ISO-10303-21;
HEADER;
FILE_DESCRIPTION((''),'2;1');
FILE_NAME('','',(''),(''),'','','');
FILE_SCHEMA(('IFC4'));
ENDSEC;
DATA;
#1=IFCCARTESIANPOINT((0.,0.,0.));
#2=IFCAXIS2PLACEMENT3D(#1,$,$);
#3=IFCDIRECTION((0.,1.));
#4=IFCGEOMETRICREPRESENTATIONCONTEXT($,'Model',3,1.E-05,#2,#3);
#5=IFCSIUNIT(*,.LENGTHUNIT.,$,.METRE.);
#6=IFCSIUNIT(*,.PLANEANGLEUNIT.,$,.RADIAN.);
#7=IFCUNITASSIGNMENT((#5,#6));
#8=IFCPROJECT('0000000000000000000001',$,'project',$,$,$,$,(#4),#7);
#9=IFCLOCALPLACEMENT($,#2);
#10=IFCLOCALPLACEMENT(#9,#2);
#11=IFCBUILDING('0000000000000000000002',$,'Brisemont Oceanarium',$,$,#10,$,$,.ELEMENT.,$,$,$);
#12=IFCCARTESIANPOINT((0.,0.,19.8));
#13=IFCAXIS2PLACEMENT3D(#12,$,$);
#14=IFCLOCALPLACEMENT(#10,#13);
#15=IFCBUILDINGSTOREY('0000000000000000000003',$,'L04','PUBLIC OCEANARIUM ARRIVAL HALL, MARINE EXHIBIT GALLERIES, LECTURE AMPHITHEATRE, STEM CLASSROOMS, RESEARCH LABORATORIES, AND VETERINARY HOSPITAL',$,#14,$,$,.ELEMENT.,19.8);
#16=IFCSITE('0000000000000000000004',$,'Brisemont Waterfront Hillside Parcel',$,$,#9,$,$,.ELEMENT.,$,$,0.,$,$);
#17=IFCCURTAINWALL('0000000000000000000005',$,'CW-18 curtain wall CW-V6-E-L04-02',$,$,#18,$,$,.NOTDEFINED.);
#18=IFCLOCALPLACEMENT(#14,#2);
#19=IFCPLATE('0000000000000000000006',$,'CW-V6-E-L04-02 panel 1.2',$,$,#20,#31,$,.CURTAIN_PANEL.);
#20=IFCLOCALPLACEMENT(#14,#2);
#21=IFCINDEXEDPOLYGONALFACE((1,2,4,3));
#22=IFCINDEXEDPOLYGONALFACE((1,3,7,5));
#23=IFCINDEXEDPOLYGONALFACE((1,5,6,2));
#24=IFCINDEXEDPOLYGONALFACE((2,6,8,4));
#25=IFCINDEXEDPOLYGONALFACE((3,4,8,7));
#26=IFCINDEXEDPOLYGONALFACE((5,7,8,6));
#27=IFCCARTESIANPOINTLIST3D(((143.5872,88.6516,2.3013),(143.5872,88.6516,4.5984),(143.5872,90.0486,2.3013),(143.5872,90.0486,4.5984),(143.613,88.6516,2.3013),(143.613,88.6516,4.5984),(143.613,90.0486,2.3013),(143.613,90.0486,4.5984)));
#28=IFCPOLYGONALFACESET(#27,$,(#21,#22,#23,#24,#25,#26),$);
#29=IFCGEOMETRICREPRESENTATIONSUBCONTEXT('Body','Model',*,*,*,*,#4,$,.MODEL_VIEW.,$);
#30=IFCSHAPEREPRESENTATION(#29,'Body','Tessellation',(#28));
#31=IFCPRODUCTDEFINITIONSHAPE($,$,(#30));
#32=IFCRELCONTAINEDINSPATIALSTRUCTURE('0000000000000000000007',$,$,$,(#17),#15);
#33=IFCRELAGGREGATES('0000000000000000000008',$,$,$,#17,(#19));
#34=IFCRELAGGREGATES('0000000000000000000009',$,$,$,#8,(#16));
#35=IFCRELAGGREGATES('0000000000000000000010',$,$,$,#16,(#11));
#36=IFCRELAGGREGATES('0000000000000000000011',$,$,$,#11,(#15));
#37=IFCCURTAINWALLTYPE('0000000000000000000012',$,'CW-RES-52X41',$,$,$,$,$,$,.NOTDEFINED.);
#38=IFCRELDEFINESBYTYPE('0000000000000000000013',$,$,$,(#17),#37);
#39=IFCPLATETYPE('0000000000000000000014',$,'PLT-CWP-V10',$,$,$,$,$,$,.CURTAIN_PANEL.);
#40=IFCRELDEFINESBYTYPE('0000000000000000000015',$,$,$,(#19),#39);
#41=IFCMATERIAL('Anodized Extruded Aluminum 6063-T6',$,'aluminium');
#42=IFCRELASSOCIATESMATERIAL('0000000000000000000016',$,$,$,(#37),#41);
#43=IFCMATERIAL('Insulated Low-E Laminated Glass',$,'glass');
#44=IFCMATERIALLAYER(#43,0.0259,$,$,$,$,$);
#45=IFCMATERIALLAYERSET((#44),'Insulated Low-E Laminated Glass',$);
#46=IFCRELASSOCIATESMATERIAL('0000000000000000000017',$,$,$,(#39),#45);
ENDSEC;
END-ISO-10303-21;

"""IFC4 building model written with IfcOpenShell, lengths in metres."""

from ifc_helpers import new_model, si_unit, direction, frame, origin, origin_2d, place, context, subcontext, project, spatial, rectangle, extrude, material, layer, layer_set, type_object, element, aggregate, save


model = new_model("IFC4")

# Units and contexts
model_context = context("Model", 3, precision=1e-05, world=origin(), true_north=direction((0.0, 1.0)))
body_context = subcontext(model_context, "Body", "Model", "MODEL_VIEW")
ifc_project = project(units=[si_unit("LENGTHUNIT", "METRE"), si_unit("PLANEANGLEUNIT", "RADIAN")], contexts=[model_context])

# Site, building, storey
site_placement = place(None, origin())
site = spatial("IfcSite", under=ifc_project, at=site_placement, Name="Brisemont Waterfront Hillside Parcel", CompositionType="ELEMENT", RefElevation=0.0)
building_placement = place(site_placement, origin())
building = spatial("IfcBuilding", under=site, at=building_placement, Name="Brisemont Oceanarium", CompositionType="ELEMENT")
storey_placement = place(building_placement, frame((0.0, 0.0, 19.8)))
storey = spatial("IfcBuildingStorey", under=building, at=storey_placement, Name="L04", Description="PUBLIC OCEANARIUM ARRIVAL HALL, MARINE EXHIBIT GALLERIES, LECTURE AMPHITHEATRE, STEM CLASSROOMS, RESEARCH LABORATORIES, AND VETERINARY HOSPITAL", CompositionType="ELEMENT", Elevation=19.8)

# Curtain wall
ifc_material_1 = material(Name="Anodized Extruded Aluminum 6063-T6", Category="aluminium")
curtain_wall_type = type_object("IfcCurtainWallType", Name="CW-RES-52X41", PredefinedType="NOTDEFINED", material=ifc_material_1)
curtain_wall_1_placement = place(storey_placement, origin())
curtain_wall_1 = element("IfcCurtainWall", 1, at=curtain_wall_1_placement, inside=storey, type_object=curtain_wall_type, Name="CW-18 curtain wall CW-V6-E-L04-02", PredefinedType="NOTDEFINED")

# Plate
ifc_material_2 = material(Name="Insulated Low-E Laminated Glass", Category="glass")
ifc_layer = layer(ifc_material_2, 0.0259)
ifc_layer_set = layer_set([ifc_layer], Name="Insulated Low-E Laminated Glass")
plate_type = type_object("IfcPlateType", Name="PLT-CWP-V10", PredefinedType="CURTAIN_PANEL", material=ifc_layer_set)
plate_1_placement = place(storey_placement, frame((143.6001, 89.3501, 2.3013), z_axis=(0.0, 0.0, 1.0), x_axis=(0.0, 1.0, 0.0)))
plate_1 = element("IfcPlate", 2, at=plate_1_placement, type_object=plate_type, Name="CW-V6-E-L04-02 panel 1.2", PredefinedType="CURTAIN_PANEL", context=body_context, shape_type="SweptSolid", body=[
    extrude(rectangle(XDim=1.397, YDim=0.0259, at=origin_2d()), origin(), (0.0, 0.0, 1.0), 2.2971),
])
aggregate(curtain_wall_1, [plate_1])

save(model, "model.ifc")
